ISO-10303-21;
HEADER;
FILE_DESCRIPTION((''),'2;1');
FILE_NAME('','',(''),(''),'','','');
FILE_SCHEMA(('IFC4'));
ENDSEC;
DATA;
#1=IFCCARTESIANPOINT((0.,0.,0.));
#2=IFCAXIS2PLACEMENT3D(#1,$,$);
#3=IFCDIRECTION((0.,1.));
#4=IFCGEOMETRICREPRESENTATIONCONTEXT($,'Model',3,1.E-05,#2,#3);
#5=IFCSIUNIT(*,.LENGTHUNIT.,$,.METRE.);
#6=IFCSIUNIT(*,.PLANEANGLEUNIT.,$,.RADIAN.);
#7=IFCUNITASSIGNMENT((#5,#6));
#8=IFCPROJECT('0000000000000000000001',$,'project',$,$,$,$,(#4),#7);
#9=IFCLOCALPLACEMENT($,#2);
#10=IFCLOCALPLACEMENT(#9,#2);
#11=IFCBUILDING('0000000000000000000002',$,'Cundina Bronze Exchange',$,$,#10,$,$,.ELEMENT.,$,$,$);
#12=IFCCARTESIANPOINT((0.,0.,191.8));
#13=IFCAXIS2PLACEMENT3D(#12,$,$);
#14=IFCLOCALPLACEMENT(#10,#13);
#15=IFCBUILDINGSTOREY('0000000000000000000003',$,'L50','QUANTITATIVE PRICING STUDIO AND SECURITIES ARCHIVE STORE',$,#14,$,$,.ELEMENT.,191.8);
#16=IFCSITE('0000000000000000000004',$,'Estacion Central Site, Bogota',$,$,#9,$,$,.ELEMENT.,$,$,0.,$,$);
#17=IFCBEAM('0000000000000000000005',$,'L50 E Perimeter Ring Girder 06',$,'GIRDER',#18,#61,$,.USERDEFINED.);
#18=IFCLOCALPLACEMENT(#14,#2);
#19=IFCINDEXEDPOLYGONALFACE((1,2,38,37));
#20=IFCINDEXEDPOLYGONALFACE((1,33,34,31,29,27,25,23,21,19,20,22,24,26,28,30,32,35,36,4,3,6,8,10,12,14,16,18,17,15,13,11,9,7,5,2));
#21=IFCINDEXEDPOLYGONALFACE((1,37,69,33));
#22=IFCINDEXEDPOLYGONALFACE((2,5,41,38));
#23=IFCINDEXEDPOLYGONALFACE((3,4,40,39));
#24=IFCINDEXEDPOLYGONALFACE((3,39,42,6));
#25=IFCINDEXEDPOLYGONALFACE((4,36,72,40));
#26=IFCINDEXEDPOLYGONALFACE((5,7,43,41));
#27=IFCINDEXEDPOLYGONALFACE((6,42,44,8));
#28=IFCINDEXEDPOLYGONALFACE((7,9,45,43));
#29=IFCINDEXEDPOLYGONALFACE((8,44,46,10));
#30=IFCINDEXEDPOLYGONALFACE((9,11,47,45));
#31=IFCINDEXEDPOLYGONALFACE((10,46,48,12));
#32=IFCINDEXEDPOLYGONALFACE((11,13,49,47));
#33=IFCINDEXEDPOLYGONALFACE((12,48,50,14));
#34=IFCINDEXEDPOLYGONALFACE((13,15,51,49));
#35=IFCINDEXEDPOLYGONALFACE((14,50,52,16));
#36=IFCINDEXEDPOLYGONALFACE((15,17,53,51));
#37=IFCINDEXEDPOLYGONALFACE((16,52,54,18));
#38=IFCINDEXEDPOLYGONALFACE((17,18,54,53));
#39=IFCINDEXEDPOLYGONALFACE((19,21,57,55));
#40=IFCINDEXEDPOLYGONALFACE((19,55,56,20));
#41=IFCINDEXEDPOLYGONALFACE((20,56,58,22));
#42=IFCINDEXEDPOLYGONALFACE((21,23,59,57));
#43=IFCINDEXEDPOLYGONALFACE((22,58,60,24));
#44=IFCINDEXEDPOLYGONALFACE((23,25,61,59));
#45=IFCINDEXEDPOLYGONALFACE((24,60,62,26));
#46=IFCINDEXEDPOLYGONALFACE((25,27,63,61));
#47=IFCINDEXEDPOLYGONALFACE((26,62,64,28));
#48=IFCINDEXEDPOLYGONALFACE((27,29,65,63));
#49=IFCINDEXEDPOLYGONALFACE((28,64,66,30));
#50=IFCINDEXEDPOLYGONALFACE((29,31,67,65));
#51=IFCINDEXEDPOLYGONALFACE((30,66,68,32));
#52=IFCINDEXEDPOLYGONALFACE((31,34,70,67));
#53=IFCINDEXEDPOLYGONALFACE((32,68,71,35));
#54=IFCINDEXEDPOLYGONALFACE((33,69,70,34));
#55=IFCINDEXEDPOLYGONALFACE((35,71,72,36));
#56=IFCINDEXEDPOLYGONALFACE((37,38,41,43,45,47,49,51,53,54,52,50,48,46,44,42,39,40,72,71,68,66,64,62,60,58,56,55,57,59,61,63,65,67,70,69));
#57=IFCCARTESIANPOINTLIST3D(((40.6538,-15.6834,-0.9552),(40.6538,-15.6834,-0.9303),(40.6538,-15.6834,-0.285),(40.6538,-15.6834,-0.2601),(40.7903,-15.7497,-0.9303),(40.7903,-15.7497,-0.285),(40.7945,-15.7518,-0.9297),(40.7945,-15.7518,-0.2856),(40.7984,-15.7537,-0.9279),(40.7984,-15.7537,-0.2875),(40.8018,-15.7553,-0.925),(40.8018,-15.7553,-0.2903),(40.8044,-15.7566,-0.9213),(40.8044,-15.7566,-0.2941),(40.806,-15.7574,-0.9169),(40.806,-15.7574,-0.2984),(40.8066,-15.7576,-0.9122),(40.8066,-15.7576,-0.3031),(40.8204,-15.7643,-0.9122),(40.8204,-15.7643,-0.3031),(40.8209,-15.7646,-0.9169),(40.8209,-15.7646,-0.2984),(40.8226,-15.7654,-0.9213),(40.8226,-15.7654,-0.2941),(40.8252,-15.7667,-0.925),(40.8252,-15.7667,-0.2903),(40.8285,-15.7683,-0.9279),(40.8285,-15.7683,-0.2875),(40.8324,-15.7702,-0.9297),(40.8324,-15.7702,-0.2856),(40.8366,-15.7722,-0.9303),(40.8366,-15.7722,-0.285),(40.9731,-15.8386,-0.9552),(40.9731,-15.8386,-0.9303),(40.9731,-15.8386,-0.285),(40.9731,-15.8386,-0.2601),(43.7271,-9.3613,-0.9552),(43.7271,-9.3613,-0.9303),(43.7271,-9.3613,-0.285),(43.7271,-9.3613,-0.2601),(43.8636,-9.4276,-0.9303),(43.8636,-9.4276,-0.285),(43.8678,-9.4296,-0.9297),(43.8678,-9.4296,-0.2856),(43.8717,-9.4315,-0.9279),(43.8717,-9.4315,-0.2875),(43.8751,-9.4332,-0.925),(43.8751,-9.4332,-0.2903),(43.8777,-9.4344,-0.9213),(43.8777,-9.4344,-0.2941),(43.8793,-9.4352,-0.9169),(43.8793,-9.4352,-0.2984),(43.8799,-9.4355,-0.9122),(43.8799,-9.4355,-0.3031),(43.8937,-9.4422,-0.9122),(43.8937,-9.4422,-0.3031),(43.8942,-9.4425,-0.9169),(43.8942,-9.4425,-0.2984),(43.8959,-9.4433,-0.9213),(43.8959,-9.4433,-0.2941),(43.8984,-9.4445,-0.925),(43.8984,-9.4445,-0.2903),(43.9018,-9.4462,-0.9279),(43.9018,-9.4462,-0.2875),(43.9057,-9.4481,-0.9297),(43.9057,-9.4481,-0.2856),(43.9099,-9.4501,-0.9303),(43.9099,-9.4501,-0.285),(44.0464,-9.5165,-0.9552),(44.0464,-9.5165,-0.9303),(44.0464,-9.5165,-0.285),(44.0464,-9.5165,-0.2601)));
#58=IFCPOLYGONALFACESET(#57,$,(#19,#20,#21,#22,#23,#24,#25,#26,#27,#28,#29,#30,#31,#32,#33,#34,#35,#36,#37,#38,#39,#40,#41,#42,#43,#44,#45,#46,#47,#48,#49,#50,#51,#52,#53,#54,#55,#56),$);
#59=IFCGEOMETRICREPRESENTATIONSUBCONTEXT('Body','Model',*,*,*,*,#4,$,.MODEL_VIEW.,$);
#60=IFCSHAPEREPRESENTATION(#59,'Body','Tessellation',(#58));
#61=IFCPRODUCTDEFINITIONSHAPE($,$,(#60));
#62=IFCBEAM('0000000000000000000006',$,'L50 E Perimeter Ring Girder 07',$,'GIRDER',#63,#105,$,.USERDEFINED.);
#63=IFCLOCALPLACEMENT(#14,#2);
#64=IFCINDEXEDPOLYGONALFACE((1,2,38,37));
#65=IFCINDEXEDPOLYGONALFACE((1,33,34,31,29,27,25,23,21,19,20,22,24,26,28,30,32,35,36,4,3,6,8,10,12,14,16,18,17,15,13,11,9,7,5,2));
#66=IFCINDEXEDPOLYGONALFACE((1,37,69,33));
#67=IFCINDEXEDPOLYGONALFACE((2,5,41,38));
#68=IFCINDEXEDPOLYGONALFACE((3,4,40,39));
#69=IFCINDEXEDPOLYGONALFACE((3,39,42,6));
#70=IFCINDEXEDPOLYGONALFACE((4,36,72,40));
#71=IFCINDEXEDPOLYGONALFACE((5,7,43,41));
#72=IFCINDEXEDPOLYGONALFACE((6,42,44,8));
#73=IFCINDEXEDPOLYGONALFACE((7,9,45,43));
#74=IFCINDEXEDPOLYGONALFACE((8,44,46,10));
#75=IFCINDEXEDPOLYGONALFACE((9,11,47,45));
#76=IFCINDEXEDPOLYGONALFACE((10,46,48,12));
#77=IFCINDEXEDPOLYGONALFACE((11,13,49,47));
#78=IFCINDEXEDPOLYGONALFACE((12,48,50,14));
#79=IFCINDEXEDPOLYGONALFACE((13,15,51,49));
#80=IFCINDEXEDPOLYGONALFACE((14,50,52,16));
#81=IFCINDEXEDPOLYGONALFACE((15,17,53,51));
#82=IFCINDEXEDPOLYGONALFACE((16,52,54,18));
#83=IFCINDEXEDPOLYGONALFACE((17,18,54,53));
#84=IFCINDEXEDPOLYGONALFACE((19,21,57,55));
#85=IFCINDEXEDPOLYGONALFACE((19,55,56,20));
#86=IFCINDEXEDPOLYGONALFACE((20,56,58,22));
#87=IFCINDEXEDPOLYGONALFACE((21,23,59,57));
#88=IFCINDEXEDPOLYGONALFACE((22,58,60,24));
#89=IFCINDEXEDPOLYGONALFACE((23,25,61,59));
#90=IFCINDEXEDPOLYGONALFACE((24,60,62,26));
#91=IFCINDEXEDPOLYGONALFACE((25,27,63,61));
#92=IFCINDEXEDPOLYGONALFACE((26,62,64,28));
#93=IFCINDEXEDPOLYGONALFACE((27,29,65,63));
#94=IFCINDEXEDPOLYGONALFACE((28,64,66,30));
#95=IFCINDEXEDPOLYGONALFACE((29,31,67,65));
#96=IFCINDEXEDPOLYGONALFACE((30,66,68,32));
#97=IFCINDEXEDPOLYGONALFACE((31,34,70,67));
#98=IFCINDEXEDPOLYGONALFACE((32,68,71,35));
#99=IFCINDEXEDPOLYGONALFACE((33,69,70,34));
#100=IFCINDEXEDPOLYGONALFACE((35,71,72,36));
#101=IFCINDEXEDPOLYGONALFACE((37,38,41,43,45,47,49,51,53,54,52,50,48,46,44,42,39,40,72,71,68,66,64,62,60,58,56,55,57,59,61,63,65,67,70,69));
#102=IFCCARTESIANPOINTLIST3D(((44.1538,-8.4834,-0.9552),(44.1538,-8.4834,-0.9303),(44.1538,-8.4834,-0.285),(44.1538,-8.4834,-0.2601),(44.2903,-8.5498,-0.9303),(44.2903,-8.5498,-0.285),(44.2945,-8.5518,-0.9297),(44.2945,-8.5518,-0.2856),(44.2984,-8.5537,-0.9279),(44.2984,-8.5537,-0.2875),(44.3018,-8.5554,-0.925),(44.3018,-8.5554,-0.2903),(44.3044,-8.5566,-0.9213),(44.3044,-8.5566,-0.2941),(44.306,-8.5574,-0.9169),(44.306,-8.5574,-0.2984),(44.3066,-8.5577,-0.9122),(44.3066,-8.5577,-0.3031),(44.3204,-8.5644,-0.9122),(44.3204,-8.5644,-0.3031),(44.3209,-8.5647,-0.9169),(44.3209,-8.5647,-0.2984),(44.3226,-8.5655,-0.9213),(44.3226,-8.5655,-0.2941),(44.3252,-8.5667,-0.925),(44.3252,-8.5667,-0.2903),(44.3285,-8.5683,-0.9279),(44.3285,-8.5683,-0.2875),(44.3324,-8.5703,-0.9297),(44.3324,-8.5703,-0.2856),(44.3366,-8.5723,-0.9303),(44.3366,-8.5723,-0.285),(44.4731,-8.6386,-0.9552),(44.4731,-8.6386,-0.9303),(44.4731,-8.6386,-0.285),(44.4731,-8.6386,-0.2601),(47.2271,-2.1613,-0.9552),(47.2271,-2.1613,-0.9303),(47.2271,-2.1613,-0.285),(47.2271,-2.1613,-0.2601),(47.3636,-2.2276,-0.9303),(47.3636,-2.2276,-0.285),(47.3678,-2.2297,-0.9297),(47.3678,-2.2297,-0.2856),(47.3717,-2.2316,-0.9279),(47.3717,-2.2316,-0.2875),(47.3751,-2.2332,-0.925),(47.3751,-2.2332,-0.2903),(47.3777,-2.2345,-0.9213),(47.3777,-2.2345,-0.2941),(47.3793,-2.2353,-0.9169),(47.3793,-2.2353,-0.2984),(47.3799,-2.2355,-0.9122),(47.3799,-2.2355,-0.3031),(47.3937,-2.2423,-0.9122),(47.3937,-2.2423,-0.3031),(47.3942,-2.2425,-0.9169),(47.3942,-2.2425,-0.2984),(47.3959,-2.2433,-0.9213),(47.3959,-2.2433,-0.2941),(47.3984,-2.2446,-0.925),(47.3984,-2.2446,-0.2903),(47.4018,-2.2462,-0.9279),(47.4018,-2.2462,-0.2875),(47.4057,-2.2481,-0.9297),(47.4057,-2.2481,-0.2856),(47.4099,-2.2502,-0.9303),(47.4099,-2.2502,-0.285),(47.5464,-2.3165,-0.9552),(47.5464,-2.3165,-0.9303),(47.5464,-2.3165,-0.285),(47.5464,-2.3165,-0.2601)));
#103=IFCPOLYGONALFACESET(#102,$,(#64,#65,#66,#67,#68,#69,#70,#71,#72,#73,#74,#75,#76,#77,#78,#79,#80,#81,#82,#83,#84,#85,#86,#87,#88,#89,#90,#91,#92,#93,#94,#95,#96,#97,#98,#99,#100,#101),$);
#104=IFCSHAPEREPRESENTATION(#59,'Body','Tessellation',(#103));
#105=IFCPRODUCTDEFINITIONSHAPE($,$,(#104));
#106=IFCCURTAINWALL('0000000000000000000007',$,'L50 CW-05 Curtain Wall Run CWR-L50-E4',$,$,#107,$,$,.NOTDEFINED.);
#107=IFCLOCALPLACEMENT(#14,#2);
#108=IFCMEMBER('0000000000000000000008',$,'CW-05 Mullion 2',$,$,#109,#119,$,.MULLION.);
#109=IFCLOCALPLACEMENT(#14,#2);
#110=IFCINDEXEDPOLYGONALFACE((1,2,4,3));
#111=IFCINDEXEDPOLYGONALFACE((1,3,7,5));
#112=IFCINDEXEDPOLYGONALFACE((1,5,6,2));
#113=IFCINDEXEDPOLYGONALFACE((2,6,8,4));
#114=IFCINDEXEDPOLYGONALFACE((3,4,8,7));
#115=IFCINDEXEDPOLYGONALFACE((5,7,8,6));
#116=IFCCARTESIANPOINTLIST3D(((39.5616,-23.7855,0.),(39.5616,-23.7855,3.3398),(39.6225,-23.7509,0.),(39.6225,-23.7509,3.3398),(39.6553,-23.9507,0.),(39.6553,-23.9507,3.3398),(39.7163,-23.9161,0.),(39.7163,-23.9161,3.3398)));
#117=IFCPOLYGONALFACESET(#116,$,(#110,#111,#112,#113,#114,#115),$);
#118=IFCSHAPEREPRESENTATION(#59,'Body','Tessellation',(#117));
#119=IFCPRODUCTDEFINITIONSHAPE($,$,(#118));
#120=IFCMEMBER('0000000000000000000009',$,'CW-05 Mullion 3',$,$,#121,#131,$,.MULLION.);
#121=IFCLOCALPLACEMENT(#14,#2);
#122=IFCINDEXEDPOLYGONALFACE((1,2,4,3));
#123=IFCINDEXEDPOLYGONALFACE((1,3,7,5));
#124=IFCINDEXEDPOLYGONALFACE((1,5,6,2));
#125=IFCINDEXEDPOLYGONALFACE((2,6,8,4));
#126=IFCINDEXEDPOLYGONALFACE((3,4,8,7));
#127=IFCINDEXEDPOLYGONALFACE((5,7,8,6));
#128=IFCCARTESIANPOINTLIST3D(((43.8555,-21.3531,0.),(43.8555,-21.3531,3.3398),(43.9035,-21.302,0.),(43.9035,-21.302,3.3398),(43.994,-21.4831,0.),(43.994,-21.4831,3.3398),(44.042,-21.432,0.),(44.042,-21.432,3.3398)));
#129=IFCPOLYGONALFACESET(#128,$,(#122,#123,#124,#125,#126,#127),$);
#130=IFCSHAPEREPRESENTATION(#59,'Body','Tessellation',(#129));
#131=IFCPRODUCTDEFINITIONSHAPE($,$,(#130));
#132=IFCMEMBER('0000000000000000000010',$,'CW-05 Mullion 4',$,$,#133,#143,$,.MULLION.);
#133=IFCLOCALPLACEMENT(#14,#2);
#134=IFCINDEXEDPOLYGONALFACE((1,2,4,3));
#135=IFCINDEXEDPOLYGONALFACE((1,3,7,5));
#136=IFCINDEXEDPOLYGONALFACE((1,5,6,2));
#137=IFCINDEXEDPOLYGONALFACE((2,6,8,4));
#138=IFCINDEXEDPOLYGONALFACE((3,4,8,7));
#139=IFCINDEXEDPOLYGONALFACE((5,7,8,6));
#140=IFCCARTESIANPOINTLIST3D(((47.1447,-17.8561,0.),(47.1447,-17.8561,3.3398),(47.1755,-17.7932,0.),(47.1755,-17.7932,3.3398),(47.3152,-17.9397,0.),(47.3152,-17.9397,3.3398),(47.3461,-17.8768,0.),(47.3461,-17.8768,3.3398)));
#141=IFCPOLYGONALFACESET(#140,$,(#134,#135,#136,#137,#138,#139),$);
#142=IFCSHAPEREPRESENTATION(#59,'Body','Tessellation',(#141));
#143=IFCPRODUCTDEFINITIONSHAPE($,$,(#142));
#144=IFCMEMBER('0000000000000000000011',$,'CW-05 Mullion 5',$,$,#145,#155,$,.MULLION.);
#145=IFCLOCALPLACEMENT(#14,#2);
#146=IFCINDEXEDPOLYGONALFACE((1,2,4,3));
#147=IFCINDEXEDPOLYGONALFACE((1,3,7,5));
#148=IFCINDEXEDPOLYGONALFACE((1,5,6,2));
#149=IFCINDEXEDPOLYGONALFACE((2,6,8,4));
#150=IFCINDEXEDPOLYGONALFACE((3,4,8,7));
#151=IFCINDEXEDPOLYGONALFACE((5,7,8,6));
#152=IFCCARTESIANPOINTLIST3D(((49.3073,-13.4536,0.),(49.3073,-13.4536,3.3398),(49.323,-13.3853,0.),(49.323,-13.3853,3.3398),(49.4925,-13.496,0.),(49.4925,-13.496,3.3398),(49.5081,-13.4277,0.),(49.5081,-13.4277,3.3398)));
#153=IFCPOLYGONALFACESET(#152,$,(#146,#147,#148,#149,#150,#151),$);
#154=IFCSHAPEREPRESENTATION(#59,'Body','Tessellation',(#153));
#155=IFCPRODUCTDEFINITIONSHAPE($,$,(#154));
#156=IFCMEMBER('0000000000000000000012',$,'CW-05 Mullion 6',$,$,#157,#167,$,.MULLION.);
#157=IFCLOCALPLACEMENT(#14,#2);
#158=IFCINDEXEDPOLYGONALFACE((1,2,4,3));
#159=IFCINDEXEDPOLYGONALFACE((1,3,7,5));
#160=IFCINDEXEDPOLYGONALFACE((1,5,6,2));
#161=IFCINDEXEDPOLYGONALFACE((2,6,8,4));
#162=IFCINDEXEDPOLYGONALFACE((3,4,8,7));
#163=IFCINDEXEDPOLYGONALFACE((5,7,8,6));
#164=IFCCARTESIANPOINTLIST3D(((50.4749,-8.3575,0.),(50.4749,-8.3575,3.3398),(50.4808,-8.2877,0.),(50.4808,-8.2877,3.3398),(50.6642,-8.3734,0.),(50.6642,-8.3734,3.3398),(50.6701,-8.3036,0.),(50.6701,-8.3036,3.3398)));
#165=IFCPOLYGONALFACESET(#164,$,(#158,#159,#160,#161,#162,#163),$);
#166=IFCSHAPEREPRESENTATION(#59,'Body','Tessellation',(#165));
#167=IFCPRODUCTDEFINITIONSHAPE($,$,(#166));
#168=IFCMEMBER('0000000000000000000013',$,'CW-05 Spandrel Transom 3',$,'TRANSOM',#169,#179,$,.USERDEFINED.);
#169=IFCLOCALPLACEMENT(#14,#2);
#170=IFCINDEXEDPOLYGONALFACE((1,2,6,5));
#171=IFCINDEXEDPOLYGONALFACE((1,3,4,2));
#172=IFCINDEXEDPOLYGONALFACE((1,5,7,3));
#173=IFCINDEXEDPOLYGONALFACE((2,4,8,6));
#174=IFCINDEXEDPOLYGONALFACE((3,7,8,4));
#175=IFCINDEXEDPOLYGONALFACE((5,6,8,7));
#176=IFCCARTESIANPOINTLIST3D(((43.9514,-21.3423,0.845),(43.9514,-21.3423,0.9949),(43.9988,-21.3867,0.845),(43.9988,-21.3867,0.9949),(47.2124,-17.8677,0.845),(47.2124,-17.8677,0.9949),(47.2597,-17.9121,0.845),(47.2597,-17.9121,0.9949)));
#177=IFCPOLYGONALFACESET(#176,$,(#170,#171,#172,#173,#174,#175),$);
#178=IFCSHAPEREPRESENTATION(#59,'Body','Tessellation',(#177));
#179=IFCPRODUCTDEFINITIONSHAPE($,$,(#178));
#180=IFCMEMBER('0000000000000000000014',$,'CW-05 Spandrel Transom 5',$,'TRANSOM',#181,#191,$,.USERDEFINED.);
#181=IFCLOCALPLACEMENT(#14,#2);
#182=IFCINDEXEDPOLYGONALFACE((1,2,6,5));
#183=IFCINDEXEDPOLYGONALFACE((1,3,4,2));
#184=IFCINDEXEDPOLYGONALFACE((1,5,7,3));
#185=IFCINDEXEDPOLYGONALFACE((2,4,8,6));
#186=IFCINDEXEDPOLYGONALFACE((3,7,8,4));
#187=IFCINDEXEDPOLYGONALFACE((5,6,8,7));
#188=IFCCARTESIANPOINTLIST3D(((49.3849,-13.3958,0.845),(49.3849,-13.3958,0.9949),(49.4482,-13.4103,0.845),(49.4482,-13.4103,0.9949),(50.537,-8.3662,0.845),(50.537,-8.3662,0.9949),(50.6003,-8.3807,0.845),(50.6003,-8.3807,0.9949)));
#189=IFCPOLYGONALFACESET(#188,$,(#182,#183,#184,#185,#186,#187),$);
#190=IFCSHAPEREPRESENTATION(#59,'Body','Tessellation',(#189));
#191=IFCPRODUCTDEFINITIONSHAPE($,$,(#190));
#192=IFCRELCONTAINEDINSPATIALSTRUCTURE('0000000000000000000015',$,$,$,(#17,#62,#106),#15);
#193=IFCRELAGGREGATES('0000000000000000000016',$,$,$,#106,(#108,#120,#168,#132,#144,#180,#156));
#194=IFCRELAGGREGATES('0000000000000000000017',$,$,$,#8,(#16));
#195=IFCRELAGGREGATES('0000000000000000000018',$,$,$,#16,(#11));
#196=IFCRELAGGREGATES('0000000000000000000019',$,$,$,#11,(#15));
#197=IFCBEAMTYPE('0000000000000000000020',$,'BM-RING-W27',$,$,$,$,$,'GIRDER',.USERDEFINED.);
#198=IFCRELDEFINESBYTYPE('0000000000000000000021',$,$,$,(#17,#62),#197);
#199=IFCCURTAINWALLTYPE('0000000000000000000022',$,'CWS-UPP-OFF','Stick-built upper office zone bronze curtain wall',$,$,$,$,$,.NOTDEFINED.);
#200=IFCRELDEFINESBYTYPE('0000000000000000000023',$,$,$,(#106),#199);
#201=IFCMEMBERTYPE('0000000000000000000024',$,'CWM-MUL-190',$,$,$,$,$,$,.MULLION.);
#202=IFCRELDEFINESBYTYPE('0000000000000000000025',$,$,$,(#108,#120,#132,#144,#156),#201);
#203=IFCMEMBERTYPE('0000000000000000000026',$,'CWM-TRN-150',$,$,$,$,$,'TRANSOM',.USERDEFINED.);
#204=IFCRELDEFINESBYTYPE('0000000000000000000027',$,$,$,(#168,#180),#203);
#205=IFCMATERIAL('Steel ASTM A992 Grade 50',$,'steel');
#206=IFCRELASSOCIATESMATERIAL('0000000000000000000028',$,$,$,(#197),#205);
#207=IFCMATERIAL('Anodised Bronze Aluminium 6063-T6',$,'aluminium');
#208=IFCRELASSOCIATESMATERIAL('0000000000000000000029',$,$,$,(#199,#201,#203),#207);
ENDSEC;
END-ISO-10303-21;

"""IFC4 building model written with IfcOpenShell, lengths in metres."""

from ifc_helpers import new_model, si_unit, direction, frame, origin, origin_2d, place, context, subcontext, project, spatial, rectangle, i_section, extrude, material, material_profile, profile_set, type_object, element, aggregate, save


model = new_model("IFC4")

# Units and contexts
model_context = context("Model", 3, precision=1e-05, world=origin(), true_north=direction((0.0, 1.0)))
body_context = subcontext(model_context, "Body", "Model", "MODEL_VIEW")
ifc_project = project(units=[si_unit("LENGTHUNIT", "METRE"), si_unit("PLANEANGLEUNIT", "RADIAN")], contexts=[model_context])

# Site, building, storey
site_placement = place(None, origin())
site = spatial("IfcSite", under=ifc_project, at=site_placement, Name="Estacion Central Site, Bogota", CompositionType="ELEMENT", RefElevation=0.0)
building_placement = place(site_placement, origin())
building = spatial("IfcBuilding", under=site, at=building_placement, Name="Cundina Bronze Exchange", CompositionType="ELEMENT")
storey_placement = place(building_placement, frame((0.0, 0.0, 191.8)))
storey = spatial("IfcBuildingStorey", under=building, at=storey_placement, Name="L50", Description="QUANTITATIVE PRICING STUDIO AND SECURITIES ARCHIVE STORE", CompositionType="ELEMENT", Elevation=191.8)

# Beams
ifc_material_1 = material(Name="Steel ASTM A992 Grade 50", Category="steel")
ifc_material_profile_1 = material_profile(ifc_material_1, i_section(OverallWidth=0.355, OverallDepth=0.6951, WebThickness=0.0154, FlangeThickness=0.0249, FilletRadius=0.0181, at=origin_2d()), Name="W27X146", Category="steel")
ifc_profile_set_1 = profile_set([ifc_material_profile_1], Name="Steel ASTM A992 Grade 50")
beam_type_1 = type_object("IfcBeamType", Name="BM-RING-W27", ElementType="GIRDER", PredefinedType="USERDEFINED", material=ifc_profile_set_1)
for number, where, z_axis, x_axis, name in (
    (1, (40.8135, -15.761, -0.6077), (0.437197, 0.899366, 0.0), (-0.899366, 0.437197, 0.0), "L50 E Perimeter Ring Girder 06"),
    (2, (44.3135, -8.561, -0.6077), (0.437197, 0.899366, 0.0), (-0.899366, 0.437197, 0.0), "L50 E Perimeter Ring Girder 07"),
):
    element("IfcBeam", number, at=place(storey_placement, frame(where, z_axis=z_axis, x_axis=x_axis)), inside=storey, type_object=beam_type_1, Name=name, ObjectType="GIRDER", PredefinedType="USERDEFINED", context=body_context, shape_type="SweptSolid", body=[
        extrude(i_section(OverallWidth=0.355, OverallDepth=0.6951, WebThickness=0.0154, FlangeThickness=0.0249, FilletRadius=0.0181, at=origin_2d()), origin(), (0.0, 0.0, 1.0), 7.0295),
    ])

# Curtain wall, members
ifc_material_2 = material(Name="Anodised Bronze Aluminium 6063-T6", Category="aluminium")
curtain_wall_type = type_object("IfcCurtainWallType", Name="CWS-UPP-OFF", Description="Stick-built upper office zone bronze curtain wall", PredefinedType="NOTDEFINED", material=ifc_material_2)
curtain_wall_placement = place(storey_placement, origin())
curtain_wall = element("IfcCurtainWall", 3, at=curtain_wall_placement, inside=storey, type_object=curtain_wall_type, Name="L50 CW-05 Curtain Wall Run CWR-L50-E4", PredefinedType="NOTDEFINED")
ifc_material_profile_2 = material_profile(ifc_material_2, rectangle(XDim=0.0701, YDim=0.1899, at=origin_2d()), Name="AL70X190", Category="aluminium")
ifc_profile_set_2 = profile_set([ifc_material_profile_2], Name="Anodised Bronze Aluminium 6063-T6")
member_type_1 = type_object("IfcMemberType", Name="CWM-MUL-190", PredefinedType="MULLION", material=ifc_profile_set_2)
member_1_placement = place(storey_placement, frame((39.6389, -23.8508, 0.0), z_axis=(0.0, 0.0, 1.0), x_axis=(0.869581, 0.49379, 0.0)))
member_1 = element("IfcMember", 4, at=member_1_placement, type_object=member_type_1, Name="CW-05 Mullion 2", PredefinedType="MULLION", context=body_context, shape_type="SweptSolid", body=[
    extrude(rectangle(XDim=0.0701, YDim=0.1899, at=origin_2d()), origin(), (0.0, 0.0, 1.0), 3.3398),
])
member_2_placement = place(storey_placement, frame((43.9487, -21.3926, 0.0), z_axis=(0.0, 0.0, 1.0), x_axis=(0.684293, 0.729208, 0.0)))
member_2 = element("IfcMember", 5, at=member_2_placement, type_object=member_type_1, Name="CW-05 Mullion 3", PredefinedType="MULLION", context=body_context, shape_type="SweptSolid", body=[
    extrude(rectangle(XDim=0.0701, YDim=0.1899, at=origin_2d()), origin(), (0.0, 0.0, 1.0), 3.3398),
])
member_3_placement = place(storey_placement, frame((47.2454, -17.8665, 0.0), z_axis=(0.0, 0.0, 1.0), x_axis=(0.440566, 0.89772, 0.0)))
member_3 = element("IfcMember", 6, at=member_3_placement, type_object=member_type_1, Name="CW-05 Mullion 4", PredefinedType="MULLION", context=body_context, shape_type="SweptSolid", body=[
    extrude(rectangle(XDim=0.0701, YDim=0.1899, at=origin_2d()), origin(), (0.0, 0.0, 1.0), 3.3398),
])
member_4_placement = place(storey_placement, frame((49.4077, -13.4407, 0.0), z_axis=(0.0, 0.0, 1.0), x_axis=(0.22325, 0.974761, 0.0)))
member_4 = element("IfcMember", 7, at=member_4_placement, type_object=member_type_1, Name="CW-05 Mullion 5", PredefinedType="MULLION", context=body_context, shape_type="SweptSolid", body=[
    extrude(rectangle(XDim=0.0701, YDim=0.1899, at=origin_2d()), origin(), (0.0, 0.0, 1.0), 3.3398),
])
member_5_placement = place(storey_placement, frame((50.5725, -8.3306, 0.0), z_axis=(0.0, 0.0, 1.0), x_axis=(0.083678, 0.996493, 0.0)))
member_5 = element("IfcMember", 8, at=member_5_placement, type_object=member_type_1, Name="CW-05 Mullion 6", PredefinedType="MULLION", context=body_context, shape_type="SweptSolid", body=[
    extrude(rectangle(XDim=0.0701, YDim=0.1899, at=origin_2d()), origin(), (0.0, 0.0, 1.0), 3.3398),
])
ifc_material_profile_3 = material_profile(ifc_material_2, rectangle(XDim=0.0649, YDim=0.1499, at=origin_2d()), Name="AL65X150", Category="aluminium")
ifc_profile_set_3 = profile_set([ifc_material_profile_3], Name="Anodised Bronze Aluminium 6063-T6")
member_type_2 = type_object("IfcMemberType", Name="CWM-TRN-150", ElementType="TRANSOM", PredefinedType="USERDEFINED", material=ifc_profile_set_3)
member_6_placement = place(storey_placement, frame((43.9751, -21.3645, 0.9199), z_axis=(0.684336, 0.729166, 0.0), x_axis=(-0.729166, 0.684336, 0.0)))
member_6 = element("IfcMember", 9, at=member_6_placement, type_object=member_type_2, Name="CW-05 Spandrel Transom 3", ObjectType="TRANSOM", PredefinedType="USERDEFINED", context=body_context, shape_type="SweptSolid", body=[
    extrude(rectangle(XDim=0.0649, YDim=0.1499, at=origin_2d()), origin(), (0.0, 0.0, 1.0), 4.7651),
])
member_7_placement = place(storey_placement, frame((49.4165, -13.4031, 0.9199), z_axis=(0.223283, 0.974754, 0.0), x_axis=(-0.974754, 0.223283, 0.0)))
member_7 = element("IfcMember", 10, at=member_7_placement, type_object=member_type_2, Name="CW-05 Spandrel Transom 5", ObjectType="TRANSOM", PredefinedType="USERDEFINED", context=body_context, shape_type="SweptSolid", body=[
    extrude(rectangle(XDim=0.0649, YDim=0.1499, at=origin_2d()), origin(), (0.0, 0.0, 1.0), 5.1599),
])
aggregate(curtain_wall, [member_1, member_2, member_6, member_3, member_4, member_7, member_5])

save(model, "model.ifc")
